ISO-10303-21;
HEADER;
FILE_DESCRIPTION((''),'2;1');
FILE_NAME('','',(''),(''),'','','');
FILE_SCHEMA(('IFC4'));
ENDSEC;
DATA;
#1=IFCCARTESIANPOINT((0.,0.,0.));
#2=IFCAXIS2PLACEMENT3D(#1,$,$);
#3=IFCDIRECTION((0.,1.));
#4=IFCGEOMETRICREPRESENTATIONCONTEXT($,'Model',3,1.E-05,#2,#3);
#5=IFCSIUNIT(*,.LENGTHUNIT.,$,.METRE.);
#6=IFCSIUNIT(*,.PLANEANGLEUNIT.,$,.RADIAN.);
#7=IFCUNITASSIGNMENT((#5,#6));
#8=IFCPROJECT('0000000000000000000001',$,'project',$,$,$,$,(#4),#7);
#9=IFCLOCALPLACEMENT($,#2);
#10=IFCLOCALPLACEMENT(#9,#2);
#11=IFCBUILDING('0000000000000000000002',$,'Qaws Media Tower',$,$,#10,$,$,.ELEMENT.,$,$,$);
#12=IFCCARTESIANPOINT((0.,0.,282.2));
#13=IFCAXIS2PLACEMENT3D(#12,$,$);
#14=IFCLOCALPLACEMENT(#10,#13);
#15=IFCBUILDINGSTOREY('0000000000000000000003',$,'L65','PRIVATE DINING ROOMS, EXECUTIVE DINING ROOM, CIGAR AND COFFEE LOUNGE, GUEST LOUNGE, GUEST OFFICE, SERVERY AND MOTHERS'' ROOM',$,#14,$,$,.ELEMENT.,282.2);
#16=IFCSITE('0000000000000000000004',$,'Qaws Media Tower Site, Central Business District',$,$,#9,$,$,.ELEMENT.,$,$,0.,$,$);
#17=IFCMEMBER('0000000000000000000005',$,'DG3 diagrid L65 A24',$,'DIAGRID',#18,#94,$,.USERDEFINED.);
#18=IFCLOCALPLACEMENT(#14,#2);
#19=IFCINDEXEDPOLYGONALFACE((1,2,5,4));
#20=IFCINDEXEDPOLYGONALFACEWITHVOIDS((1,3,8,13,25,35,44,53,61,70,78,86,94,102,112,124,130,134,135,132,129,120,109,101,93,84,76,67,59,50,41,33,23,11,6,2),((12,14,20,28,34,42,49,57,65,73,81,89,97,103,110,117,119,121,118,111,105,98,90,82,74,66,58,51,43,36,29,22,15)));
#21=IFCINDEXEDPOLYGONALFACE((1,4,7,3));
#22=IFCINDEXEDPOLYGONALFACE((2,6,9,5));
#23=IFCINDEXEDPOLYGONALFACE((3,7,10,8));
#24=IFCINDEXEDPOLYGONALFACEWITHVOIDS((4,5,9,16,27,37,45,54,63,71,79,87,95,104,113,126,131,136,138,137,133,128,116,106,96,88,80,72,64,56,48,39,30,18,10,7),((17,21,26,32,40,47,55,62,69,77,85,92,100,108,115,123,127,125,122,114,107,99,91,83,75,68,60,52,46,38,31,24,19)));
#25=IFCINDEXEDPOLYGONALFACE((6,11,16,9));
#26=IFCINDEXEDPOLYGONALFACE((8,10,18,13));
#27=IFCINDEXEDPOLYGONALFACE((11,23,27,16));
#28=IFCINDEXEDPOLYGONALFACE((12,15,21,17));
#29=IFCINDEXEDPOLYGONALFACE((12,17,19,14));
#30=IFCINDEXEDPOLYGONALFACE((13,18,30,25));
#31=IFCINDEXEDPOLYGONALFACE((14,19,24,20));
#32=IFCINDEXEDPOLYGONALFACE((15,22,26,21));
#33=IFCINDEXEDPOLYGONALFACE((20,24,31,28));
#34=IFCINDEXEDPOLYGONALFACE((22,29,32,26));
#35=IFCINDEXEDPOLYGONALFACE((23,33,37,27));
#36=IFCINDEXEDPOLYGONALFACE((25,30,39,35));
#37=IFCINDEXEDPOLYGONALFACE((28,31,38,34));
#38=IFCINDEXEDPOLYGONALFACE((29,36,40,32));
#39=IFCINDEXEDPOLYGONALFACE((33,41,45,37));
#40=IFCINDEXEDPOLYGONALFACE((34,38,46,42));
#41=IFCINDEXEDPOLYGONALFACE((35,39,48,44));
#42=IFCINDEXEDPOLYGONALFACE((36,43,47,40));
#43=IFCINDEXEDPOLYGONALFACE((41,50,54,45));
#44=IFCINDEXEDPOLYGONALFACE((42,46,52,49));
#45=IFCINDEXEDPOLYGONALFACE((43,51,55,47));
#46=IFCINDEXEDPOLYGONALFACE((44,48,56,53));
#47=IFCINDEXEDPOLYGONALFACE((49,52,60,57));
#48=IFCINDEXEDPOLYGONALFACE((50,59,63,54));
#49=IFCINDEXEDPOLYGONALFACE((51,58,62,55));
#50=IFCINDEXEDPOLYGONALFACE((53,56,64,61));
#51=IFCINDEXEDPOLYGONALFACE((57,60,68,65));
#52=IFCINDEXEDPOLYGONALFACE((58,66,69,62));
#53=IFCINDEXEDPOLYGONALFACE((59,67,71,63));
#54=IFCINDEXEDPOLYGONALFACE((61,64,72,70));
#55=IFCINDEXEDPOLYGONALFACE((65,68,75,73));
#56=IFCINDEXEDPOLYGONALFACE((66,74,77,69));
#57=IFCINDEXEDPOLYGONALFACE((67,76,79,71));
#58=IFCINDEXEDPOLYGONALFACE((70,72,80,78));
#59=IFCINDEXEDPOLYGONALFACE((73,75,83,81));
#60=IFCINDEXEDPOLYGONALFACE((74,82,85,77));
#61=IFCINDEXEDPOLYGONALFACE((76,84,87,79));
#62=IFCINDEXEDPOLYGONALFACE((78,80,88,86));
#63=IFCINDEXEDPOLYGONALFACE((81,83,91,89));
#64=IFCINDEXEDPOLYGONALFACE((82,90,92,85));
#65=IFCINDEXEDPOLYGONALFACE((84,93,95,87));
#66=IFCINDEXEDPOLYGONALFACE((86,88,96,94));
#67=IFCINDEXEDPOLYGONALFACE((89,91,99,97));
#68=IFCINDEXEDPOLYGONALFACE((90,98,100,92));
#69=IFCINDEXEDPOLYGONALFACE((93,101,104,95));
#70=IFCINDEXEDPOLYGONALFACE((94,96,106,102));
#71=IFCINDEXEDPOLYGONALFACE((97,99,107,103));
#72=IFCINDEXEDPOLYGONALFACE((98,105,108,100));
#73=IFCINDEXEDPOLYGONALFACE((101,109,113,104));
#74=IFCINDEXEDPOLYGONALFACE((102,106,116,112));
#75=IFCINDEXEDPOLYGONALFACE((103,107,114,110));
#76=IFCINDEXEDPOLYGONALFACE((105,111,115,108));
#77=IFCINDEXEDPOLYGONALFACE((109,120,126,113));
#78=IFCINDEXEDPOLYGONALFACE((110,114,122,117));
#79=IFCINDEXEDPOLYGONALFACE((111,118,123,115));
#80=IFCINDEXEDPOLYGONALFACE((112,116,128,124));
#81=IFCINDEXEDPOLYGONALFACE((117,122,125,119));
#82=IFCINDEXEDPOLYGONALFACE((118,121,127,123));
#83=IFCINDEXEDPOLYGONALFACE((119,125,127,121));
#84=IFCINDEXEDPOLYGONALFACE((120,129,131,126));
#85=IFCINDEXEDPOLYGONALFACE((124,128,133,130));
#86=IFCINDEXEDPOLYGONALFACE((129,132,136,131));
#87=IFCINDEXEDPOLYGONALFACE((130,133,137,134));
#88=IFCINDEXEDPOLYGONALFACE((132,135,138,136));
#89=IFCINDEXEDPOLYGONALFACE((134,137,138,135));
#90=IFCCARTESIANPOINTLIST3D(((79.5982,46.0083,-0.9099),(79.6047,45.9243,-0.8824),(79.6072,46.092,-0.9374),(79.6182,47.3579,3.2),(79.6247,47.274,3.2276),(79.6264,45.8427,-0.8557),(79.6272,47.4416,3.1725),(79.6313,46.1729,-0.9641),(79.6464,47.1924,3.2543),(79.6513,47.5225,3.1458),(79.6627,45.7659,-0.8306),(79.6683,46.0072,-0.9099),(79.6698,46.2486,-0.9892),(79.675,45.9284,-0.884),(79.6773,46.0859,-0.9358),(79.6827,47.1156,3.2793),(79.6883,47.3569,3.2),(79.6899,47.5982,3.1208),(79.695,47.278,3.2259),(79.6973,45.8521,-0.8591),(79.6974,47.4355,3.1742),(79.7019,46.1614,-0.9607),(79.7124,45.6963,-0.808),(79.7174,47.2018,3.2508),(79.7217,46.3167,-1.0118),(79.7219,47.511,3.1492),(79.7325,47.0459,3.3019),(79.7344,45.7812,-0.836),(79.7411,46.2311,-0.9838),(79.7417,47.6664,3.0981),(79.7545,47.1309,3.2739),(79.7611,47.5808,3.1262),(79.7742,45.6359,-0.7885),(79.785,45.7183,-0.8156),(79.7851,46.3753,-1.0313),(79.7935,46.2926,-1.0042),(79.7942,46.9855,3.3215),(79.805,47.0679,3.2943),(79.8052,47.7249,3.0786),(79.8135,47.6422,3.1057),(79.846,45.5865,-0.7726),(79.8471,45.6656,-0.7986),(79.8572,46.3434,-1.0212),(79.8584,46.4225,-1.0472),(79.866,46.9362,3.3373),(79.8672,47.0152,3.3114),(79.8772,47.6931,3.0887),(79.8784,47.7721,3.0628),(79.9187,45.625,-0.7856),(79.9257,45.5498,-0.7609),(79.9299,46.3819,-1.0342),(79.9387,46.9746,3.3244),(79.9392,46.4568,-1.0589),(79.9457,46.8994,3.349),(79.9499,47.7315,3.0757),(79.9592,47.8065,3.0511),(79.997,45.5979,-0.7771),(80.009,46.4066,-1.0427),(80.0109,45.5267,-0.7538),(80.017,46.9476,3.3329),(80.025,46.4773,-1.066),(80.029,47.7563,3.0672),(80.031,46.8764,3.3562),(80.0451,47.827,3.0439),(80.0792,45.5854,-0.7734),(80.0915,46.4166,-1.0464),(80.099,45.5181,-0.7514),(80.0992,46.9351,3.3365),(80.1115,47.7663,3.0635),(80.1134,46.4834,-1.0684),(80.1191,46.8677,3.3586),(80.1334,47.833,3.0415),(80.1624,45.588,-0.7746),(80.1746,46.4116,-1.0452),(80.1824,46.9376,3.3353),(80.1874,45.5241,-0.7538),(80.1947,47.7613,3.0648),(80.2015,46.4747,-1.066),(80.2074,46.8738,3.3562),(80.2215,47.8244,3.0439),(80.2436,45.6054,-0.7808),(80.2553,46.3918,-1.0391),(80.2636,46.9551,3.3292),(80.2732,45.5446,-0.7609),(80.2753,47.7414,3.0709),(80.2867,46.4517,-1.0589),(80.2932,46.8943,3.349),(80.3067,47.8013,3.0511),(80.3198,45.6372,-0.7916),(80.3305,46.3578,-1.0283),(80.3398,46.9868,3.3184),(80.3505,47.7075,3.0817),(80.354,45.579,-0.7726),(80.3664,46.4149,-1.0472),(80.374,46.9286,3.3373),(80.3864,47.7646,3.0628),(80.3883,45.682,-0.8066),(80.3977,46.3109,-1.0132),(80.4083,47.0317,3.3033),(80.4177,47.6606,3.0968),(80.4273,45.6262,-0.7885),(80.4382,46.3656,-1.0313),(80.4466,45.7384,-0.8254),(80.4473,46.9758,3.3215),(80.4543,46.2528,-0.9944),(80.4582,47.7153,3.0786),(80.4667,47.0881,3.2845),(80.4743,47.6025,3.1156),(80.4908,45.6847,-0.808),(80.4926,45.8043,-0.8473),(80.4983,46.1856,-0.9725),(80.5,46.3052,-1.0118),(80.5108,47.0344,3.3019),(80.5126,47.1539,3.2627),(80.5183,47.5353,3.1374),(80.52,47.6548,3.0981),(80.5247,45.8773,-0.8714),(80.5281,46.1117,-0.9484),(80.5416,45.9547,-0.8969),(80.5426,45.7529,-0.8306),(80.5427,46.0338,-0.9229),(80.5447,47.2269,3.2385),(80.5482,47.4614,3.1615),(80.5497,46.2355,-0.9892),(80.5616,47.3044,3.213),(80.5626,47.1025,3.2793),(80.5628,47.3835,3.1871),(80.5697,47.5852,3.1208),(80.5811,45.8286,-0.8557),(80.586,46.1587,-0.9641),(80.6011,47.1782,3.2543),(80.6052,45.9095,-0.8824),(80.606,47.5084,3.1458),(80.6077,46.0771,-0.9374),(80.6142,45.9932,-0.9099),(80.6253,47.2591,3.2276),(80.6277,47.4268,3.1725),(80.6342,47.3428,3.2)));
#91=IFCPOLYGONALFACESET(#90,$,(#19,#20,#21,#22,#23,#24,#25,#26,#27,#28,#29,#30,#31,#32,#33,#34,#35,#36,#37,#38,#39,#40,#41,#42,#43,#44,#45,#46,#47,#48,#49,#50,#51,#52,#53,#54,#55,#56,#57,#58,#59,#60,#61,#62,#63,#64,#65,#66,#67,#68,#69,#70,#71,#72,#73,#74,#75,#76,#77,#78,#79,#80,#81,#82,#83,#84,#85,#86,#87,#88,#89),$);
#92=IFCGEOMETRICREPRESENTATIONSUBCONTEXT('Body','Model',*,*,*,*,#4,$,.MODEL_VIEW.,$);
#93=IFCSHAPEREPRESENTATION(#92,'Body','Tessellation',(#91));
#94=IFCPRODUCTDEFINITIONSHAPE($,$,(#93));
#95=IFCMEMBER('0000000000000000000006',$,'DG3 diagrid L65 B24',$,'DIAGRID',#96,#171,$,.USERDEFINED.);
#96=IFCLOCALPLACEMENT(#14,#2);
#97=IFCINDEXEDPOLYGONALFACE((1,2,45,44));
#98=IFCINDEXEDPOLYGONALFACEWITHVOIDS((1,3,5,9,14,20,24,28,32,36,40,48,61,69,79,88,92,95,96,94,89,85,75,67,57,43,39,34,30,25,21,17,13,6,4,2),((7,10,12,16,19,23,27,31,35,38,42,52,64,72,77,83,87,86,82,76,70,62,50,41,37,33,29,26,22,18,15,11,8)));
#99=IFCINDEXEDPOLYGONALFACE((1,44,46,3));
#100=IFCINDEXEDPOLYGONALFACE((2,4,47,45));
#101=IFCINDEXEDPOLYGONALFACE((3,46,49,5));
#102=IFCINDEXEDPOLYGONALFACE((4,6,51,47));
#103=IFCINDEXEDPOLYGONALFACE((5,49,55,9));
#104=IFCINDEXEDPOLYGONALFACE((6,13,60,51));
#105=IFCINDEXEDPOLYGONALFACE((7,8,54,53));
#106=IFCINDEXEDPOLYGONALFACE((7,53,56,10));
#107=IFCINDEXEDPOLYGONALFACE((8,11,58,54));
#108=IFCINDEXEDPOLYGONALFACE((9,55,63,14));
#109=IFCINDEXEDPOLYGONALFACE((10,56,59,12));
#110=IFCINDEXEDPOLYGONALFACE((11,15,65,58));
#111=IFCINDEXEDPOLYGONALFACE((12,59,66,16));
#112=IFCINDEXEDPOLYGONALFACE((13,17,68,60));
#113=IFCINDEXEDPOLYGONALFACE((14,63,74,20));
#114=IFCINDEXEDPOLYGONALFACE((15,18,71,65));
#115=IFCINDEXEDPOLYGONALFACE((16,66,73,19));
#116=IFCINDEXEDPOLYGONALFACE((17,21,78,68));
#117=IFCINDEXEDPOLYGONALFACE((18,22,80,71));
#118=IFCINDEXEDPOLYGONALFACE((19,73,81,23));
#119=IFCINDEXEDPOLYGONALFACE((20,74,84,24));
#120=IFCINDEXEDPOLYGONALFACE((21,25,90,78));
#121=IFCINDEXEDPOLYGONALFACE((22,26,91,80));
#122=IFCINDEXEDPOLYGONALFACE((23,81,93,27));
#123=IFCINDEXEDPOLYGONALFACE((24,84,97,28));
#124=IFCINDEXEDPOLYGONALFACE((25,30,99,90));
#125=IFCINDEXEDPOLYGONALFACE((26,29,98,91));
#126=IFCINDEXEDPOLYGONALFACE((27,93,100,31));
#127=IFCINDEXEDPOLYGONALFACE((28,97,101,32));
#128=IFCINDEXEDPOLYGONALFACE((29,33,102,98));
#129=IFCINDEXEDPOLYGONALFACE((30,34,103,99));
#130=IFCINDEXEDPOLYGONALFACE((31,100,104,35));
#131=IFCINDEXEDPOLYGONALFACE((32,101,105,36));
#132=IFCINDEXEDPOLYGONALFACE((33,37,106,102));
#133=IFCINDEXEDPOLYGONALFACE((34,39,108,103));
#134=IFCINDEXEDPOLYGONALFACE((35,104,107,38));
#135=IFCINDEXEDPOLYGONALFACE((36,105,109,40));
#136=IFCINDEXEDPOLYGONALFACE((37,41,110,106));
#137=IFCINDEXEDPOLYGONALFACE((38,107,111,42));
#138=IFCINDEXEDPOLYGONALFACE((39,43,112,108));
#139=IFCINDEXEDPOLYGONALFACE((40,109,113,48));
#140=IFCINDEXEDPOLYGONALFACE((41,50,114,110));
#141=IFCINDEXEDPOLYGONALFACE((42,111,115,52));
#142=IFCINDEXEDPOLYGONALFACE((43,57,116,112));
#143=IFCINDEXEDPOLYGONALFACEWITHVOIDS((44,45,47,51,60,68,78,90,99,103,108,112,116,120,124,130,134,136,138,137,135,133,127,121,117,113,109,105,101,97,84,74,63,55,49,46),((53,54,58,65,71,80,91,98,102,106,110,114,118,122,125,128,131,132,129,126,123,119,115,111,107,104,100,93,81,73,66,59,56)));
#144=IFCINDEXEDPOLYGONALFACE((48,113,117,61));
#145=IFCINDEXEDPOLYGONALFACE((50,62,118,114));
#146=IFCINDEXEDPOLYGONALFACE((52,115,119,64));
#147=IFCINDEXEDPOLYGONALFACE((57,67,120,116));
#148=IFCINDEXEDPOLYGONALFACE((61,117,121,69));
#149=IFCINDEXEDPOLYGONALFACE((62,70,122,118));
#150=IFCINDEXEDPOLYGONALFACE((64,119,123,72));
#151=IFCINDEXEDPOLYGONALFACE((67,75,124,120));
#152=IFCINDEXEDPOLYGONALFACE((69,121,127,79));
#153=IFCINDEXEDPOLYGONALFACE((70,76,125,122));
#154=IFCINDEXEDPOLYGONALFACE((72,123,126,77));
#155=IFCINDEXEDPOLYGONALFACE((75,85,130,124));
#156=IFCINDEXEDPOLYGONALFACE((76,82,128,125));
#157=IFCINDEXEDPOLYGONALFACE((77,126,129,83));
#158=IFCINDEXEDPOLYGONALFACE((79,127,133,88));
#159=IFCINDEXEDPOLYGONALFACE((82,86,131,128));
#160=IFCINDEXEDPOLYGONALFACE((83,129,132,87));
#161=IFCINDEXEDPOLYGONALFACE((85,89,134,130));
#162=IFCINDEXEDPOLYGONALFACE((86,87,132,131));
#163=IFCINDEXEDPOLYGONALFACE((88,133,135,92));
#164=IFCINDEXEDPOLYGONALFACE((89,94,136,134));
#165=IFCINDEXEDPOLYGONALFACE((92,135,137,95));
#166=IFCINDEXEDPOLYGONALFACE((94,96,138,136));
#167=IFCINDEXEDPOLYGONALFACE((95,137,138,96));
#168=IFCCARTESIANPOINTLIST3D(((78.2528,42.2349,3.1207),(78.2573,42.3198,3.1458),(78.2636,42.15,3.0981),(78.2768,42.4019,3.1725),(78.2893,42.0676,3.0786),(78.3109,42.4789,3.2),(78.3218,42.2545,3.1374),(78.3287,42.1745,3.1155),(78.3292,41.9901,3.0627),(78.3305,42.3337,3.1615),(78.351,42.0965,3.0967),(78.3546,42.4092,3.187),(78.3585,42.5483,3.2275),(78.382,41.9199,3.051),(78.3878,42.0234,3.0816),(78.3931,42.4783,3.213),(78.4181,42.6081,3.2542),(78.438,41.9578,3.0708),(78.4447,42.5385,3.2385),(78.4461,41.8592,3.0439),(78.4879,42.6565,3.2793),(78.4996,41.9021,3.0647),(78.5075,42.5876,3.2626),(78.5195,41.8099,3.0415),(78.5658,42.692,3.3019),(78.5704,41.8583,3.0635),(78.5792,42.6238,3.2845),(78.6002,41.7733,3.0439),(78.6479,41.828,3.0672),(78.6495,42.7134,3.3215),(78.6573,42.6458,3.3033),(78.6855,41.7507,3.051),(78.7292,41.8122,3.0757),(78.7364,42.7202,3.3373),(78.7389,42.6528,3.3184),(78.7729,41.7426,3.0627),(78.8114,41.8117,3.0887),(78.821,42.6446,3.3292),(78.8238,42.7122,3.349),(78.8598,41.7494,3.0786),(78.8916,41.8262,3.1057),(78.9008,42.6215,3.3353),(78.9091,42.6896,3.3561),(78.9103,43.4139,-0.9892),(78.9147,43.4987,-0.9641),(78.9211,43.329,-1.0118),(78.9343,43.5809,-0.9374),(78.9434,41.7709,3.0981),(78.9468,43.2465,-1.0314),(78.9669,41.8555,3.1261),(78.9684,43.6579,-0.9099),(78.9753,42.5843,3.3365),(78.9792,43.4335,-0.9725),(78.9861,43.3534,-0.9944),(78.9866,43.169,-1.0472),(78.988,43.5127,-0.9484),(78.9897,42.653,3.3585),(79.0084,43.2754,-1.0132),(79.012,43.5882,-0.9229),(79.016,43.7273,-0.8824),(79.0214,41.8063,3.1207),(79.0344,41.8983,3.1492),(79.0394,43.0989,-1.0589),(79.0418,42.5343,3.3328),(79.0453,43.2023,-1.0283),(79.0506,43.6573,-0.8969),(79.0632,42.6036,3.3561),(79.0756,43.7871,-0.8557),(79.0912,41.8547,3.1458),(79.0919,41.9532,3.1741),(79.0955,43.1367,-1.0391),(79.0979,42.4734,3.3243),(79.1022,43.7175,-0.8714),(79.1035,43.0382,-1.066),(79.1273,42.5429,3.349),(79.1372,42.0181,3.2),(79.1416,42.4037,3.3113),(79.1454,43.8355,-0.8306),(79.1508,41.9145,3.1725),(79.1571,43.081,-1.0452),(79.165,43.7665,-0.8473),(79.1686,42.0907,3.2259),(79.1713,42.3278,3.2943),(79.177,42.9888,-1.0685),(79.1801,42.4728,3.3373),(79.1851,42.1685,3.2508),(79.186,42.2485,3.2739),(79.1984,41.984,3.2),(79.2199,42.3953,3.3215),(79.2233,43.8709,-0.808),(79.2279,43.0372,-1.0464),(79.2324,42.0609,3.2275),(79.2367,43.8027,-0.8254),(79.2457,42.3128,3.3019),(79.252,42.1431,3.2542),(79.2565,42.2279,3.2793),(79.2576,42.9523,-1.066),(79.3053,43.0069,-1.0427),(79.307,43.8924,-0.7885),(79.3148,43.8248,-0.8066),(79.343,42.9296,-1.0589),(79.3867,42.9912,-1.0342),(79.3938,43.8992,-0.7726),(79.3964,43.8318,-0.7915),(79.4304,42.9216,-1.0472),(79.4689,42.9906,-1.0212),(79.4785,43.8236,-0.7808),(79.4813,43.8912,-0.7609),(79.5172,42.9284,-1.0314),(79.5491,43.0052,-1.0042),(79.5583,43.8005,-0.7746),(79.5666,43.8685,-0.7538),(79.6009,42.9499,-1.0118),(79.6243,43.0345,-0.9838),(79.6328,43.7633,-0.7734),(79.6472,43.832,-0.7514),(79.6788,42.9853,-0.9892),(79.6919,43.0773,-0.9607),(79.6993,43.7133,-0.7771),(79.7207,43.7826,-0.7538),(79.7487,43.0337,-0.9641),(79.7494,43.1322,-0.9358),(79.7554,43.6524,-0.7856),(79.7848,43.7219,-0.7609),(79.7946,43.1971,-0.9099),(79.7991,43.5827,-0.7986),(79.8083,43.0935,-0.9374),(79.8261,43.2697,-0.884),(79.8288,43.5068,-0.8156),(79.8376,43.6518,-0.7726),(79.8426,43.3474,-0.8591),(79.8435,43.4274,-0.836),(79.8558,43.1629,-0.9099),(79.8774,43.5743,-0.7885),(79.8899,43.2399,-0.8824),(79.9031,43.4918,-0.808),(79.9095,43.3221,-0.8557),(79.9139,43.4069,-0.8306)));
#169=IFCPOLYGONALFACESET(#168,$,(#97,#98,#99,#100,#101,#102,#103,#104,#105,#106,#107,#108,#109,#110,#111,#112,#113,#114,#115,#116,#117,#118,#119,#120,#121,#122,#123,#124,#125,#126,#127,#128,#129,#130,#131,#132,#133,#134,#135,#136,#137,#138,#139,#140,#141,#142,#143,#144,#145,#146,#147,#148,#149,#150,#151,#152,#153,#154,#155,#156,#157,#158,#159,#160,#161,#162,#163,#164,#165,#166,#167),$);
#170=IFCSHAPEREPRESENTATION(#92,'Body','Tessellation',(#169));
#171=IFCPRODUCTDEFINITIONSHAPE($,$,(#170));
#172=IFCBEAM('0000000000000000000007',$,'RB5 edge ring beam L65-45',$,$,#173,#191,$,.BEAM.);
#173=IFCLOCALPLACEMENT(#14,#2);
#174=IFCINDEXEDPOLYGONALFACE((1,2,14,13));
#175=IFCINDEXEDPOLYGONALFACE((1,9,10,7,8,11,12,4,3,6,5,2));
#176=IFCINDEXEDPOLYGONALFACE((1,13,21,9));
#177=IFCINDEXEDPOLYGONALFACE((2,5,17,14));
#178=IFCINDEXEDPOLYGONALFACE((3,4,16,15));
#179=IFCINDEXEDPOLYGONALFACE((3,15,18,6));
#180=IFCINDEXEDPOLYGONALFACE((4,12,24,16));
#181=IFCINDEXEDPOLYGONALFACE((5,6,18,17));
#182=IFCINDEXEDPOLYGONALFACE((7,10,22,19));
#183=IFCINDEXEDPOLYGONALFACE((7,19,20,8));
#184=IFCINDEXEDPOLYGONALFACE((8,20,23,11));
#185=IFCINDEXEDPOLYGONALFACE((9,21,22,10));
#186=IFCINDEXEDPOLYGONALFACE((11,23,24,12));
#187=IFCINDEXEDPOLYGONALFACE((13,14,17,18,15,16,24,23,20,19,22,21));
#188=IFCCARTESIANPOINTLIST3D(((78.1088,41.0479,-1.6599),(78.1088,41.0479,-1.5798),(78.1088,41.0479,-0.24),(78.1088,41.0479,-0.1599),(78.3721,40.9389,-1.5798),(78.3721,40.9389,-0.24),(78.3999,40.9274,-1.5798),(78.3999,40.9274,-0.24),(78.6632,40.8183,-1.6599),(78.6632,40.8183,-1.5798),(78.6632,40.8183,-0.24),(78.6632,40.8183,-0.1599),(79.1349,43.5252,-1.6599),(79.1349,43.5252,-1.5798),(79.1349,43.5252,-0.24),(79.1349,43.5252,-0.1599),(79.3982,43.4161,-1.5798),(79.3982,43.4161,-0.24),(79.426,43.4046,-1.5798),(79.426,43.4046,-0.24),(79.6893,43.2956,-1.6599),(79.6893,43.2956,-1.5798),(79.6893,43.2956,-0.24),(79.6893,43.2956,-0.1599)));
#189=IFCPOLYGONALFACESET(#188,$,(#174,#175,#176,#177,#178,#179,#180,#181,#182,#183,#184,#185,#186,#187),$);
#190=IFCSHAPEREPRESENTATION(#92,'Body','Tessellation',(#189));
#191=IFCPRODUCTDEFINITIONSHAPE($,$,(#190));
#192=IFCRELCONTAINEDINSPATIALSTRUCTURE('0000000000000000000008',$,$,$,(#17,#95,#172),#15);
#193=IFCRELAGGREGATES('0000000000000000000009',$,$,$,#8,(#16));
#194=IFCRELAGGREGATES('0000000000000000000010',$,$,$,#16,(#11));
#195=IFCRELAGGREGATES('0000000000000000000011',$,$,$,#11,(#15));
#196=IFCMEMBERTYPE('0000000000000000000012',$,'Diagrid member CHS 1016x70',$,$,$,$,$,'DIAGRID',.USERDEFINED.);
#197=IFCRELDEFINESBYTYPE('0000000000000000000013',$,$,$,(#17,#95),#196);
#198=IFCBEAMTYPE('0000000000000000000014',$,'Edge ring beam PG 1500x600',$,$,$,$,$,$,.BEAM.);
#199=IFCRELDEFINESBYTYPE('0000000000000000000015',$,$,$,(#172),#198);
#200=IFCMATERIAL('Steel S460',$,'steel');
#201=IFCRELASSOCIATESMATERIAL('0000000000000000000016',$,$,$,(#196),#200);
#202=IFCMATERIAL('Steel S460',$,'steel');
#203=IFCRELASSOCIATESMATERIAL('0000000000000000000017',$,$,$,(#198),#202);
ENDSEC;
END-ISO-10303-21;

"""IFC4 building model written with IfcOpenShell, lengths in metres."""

from ifc_helpers import new_model, si_unit, direction, frame, origin, origin_2d, place, context, subcontext, project, spatial, hollow_circle, i_section, extrude, material, material_profile, profile_set, type_object, element, save


model = new_model("IFC4")

# Units and contexts
model_context = context("Model", 3, precision=1e-05, world=origin(), true_north=direction((0.0, 1.0)))
body_context = subcontext(model_context, "Body", "Model", "MODEL_VIEW")
ifc_project = project(units=[si_unit("LENGTHUNIT", "METRE"), si_unit("PLANEANGLEUNIT", "RADIAN")], contexts=[model_context])

# Site, building, storey
site_placement = place(None, origin())
site = spatial("IfcSite", under=ifc_project, at=site_placement, Name="Qaws Media Tower Site, Central Business District", CompositionType="ELEMENT", RefElevation=0.0)
building_placement = place(site_placement, origin())
building = spatial("IfcBuilding", under=site, at=building_placement, Name="Qaws Media Tower", CompositionType="ELEMENT")
storey_placement = place(building_placement, frame((0.0, 0.0, 282.2)))
storey = spatial("IfcBuildingStorey", under=building, at=storey_placement, Name="L65", Description="PRIVATE DINING ROOMS, EXECUTIVE DINING ROOM, CIGAR AND COFFEE LOUNGE, GUEST LOUNGE, GUEST OFFICE, SERVERY AND MOTHERS' ROOM", CompositionType="ELEMENT", Elevation=282.2)

# Members
ifc_material_1 = material(Name="Steel S460", Category="steel")
ifc_material_profile_1 = material_profile(ifc_material_1, hollow_circle(Radius=0.5081, WallThickness=0.0701, at=origin_2d()), Name="CHS 1016x70")
ifc_profile_set_1 = profile_set([ifc_material_profile_1], Name="Steel S460")
member_type_1 = type_object("IfcMemberType", Name="Diagrid member CHS 1016x70", ElementType="DIAGRID", PredefinedType="USERDEFINED", material=ifc_profile_set_1)
for number, where, z_axis, x_axis, name in (
    (1, (80.1062, 46.0007, -0.9099), (0.004628, 0.311988, 0.950075), (-0.99989, 0.014832, 0.0), "DG3 diagrid L65 A24"),
    (2, (79.4121, 43.4104, -0.9099), (-0.151986, -0.272536, 0.950066), (0.873371, -0.487055, 0.0), "DG3 diagrid L65 B24"),
):
    element("IfcMember", number, at=place(storey_placement, frame(where, z_axis=z_axis, x_axis=x_axis)), inside=storey, type_object=member_type_1, Name=name, ObjectType="DIAGRID", PredefinedType="USERDEFINED", context=body_context, shape_type="SweptSolid", body=[
        extrude(hollow_circle(Radius=0.5081, WallThickness=0.0701, at=origin_2d()), origin(), (0.0, 0.0, 1.0), 4.3259),
    ])

# Beam
ifc_material_2 = material(Name="Steel S460", Category="steel")
ifc_material_profile_2 = material_profile(ifc_material_2, i_section(OverallWidth=0.6001, OverallDepth=1.5, WebThickness=0.03, FlangeThickness=0.0801, at=origin_2d()), Name="PG 1500x600")
ifc_profile_set_2 = profile_set([ifc_material_profile_2], Name="Steel S460")
beam_type_1 = type_object("IfcBeamType", Name="Edge ring beam PG 1500x600", PredefinedType="BEAM", material=ifc_profile_set_2)
beam_1_placement = place(storey_placement, frame((78.386, 40.9331, -0.9099), z_axis=(0.382681, 0.92388, 0.0), x_axis=(-0.92388, 0.382681, 0.0)))
element("IfcBeam", 3, at=beam_1_placement, inside=storey, type_object=beam_type_1, Name="RB5 edge ring beam L65-45", PredefinedType="BEAM", context=body_context, shape_type="SweptSolid", body=[
    extrude(i_section(OverallWidth=0.6001, OverallDepth=1.5, WebThickness=0.03, FlangeThickness=0.0801, at=origin_2d()), origin(), (0.0, 0.0, 1.0), 2.6814),
])

save(model, "model.ifc")
